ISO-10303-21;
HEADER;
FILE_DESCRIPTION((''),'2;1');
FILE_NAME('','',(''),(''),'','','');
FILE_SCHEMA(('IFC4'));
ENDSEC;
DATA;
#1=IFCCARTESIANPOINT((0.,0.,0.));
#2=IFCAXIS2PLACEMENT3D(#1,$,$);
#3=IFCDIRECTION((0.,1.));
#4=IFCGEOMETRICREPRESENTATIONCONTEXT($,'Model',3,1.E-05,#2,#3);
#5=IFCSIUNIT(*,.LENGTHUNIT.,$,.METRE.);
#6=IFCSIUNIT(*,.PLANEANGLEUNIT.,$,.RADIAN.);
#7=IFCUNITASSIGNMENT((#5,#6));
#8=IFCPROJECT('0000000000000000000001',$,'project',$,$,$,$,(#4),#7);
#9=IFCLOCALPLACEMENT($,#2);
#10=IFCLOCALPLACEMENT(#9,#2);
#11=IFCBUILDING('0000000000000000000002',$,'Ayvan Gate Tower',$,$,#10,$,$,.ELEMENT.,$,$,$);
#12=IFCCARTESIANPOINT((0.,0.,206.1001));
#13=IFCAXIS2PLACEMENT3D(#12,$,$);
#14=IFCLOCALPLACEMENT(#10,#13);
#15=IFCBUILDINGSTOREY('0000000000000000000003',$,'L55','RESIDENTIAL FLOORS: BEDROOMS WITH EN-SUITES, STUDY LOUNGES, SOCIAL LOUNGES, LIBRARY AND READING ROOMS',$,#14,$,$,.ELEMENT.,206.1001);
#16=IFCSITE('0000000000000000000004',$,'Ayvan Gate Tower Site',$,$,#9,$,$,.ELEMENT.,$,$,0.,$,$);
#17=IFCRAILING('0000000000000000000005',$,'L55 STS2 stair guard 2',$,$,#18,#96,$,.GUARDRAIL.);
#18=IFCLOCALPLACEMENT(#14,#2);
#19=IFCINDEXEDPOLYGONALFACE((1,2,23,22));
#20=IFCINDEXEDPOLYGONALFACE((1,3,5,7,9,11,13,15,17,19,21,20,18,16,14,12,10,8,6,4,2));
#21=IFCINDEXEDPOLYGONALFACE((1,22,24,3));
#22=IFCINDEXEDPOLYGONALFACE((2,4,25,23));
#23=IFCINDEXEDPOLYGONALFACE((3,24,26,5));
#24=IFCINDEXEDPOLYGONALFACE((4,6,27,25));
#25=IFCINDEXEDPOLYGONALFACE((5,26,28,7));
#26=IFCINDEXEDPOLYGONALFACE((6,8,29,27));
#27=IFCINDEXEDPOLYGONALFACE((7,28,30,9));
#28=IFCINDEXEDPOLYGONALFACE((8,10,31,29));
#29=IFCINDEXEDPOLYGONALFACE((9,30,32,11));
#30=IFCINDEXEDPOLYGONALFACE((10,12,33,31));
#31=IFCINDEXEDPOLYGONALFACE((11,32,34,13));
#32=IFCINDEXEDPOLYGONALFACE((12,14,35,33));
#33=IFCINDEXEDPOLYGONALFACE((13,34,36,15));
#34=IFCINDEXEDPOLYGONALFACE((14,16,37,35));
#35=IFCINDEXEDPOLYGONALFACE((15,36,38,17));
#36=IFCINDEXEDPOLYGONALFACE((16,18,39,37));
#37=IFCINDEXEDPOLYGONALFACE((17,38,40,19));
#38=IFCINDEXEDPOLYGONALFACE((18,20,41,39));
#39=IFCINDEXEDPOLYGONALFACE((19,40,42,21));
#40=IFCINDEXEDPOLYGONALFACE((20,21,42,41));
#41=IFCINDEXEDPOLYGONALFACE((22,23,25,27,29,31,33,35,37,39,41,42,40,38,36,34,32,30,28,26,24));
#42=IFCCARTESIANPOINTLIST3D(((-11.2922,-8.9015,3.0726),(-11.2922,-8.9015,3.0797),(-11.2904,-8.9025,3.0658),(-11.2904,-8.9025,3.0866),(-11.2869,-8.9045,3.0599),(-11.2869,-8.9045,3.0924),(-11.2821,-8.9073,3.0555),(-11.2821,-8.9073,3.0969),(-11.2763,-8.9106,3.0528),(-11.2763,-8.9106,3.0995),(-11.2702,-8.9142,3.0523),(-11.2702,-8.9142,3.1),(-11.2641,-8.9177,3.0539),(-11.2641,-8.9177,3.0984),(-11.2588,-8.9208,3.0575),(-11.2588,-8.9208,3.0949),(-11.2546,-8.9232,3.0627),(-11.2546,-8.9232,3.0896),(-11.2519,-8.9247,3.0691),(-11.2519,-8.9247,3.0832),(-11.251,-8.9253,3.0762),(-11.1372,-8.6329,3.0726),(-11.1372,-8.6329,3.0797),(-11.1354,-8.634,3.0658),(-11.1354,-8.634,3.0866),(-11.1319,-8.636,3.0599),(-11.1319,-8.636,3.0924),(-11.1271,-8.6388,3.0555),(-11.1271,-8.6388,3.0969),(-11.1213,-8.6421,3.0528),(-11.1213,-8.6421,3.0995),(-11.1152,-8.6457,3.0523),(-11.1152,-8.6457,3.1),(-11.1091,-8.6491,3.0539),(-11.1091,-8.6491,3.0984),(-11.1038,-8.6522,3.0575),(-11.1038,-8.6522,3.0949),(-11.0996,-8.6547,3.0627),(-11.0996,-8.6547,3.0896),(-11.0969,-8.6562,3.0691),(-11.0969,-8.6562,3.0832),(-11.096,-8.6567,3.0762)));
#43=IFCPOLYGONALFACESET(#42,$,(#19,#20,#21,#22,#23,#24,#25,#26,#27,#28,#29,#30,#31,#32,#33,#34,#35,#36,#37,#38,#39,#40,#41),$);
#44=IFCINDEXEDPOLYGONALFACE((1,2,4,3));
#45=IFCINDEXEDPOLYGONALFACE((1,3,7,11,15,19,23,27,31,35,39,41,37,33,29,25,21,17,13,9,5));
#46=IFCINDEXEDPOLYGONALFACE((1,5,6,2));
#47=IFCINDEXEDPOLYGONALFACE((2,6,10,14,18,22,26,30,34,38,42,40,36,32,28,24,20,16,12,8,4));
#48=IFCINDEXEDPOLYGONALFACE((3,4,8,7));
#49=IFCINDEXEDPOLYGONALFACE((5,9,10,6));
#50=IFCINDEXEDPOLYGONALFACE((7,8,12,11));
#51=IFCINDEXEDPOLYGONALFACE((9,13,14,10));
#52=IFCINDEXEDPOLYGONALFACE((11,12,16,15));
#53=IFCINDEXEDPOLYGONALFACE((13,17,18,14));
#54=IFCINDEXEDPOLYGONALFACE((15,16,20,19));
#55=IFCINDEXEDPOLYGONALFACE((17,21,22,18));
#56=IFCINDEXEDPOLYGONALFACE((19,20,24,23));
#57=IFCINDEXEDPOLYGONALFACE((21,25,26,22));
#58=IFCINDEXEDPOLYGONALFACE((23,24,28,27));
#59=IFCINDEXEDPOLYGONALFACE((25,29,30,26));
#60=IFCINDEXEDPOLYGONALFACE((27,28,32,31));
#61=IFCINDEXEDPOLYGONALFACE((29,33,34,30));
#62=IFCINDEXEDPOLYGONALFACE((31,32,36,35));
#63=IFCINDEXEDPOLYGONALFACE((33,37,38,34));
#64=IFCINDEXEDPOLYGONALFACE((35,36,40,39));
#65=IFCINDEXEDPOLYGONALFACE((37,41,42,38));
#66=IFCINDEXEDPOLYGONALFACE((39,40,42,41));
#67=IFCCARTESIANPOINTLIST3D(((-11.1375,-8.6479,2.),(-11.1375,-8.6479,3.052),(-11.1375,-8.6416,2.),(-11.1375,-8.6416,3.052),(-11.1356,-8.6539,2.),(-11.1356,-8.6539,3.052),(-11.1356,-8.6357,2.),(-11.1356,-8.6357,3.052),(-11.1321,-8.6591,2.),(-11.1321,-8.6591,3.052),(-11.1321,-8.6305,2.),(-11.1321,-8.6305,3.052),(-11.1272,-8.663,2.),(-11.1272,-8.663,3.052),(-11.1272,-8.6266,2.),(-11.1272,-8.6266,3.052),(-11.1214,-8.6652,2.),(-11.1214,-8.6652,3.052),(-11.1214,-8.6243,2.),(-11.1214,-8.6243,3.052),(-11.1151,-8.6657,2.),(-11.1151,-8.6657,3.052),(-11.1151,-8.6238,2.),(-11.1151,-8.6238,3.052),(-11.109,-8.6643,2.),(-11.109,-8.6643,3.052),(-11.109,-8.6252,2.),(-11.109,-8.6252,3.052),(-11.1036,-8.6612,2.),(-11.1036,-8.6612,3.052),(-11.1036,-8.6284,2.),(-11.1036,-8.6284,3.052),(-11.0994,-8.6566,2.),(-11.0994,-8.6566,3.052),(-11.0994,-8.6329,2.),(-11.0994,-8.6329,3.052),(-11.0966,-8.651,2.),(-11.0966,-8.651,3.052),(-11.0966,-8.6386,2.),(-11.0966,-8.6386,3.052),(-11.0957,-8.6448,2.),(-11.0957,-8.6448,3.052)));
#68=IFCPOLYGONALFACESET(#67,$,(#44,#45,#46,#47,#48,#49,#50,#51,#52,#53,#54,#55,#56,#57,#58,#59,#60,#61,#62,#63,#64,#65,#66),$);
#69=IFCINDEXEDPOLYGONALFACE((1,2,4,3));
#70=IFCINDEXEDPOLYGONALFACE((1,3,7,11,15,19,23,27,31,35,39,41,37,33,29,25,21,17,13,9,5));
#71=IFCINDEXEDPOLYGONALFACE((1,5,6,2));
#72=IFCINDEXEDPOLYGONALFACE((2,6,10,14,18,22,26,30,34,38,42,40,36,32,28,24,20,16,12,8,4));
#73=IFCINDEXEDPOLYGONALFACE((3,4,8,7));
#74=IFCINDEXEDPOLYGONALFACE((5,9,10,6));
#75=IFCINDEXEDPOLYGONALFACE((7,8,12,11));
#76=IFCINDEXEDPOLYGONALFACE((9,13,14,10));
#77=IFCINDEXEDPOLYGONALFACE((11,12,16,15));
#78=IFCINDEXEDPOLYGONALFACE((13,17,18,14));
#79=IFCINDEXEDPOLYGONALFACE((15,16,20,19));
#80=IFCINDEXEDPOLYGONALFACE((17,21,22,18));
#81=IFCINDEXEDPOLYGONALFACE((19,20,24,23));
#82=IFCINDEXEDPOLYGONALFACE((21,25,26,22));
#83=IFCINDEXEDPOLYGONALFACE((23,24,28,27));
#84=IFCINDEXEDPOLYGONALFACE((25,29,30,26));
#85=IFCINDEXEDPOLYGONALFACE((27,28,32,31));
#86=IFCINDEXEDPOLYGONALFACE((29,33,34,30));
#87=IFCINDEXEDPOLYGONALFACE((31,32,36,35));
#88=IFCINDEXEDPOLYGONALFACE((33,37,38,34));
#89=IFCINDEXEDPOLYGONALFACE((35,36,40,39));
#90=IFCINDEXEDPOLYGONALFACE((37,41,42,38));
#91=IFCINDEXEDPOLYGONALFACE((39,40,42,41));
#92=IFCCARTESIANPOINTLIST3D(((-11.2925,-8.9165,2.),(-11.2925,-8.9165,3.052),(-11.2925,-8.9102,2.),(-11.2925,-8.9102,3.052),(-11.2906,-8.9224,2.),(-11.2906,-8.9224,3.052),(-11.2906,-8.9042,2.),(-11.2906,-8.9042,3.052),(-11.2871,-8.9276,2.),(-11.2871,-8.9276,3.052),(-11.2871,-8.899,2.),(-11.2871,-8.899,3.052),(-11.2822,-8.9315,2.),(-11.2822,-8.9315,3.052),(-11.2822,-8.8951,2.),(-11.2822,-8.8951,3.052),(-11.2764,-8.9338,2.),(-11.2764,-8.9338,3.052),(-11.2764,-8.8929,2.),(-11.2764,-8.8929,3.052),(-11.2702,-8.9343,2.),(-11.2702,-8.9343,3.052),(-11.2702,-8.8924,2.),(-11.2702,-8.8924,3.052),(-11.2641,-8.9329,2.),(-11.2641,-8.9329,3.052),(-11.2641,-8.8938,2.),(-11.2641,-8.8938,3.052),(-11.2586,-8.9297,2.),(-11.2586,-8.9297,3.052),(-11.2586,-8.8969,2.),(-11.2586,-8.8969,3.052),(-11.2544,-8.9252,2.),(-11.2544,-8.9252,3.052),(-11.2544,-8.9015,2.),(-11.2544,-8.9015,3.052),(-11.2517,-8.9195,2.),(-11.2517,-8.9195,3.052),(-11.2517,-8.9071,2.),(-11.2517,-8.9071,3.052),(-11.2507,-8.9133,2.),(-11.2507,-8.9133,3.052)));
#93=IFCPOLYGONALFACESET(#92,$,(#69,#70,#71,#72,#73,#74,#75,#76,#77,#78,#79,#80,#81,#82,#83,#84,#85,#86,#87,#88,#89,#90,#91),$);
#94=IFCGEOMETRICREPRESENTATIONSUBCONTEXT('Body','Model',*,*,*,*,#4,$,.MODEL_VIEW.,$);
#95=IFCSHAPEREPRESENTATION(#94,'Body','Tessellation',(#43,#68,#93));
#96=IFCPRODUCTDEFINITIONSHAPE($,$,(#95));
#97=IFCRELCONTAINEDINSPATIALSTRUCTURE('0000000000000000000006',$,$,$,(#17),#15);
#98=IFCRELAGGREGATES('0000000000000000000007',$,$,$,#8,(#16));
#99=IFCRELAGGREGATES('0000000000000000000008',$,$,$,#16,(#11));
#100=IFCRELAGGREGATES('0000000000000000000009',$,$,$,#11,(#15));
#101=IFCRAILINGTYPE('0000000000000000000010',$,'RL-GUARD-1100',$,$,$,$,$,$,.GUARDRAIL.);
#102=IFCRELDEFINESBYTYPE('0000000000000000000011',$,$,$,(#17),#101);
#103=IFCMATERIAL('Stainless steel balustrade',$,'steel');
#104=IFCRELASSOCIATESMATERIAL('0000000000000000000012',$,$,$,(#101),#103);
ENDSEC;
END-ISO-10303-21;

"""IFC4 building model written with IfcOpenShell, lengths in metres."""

from ifc_helpers import new_model, si_unit, direction, frame, origin, origin_2d, place, context, subcontext, project, spatial, circle, extrude, material, type_object, element, save


model = new_model("IFC4")

# Units and contexts
model_context = context("Model", 3, precision=1e-05, world=origin(), true_north=direction((0.0, 1.0)))
body_context = subcontext(model_context, "Body", "Model", "MODEL_VIEW")
ifc_project = project(units=[si_unit("LENGTHUNIT", "METRE"), si_unit("PLANEANGLEUNIT", "RADIAN")], contexts=[model_context])

# Site, building, storey
site_placement = place(None, origin())
site = spatial("IfcSite", under=ifc_project, at=site_placement, Name="Ayvan Gate Tower Site", CompositionType="ELEMENT", RefElevation=0.0)
building_placement = place(site_placement, origin())
building = spatial("IfcBuilding", under=site, at=building_placement, Name="Ayvan Gate Tower", CompositionType="ELEMENT")
storey_placement = place(building_placement, frame((0.0, 0.0, 206.1001)))
storey = spatial("IfcBuildingStorey", under=building, at=storey_placement, Name="L55", Description="RESIDENTIAL FLOORS: BEDROOMS WITH EN-SUITES, STUDY LOUNGES, SOCIAL LOUNGES, LIBRARY AND READING ROOMS", CompositionType="ELEMENT", Elevation=206.1001)

# Railing
ifc_material_1 = material(Name="Stainless steel balustrade", Category="steel")
railing_type_1 = type_object("IfcRailingType", Name="RL-GUARD-1100", PredefinedType="GUARDRAIL", material=ifc_material_1)
railing_1_placement = place(storey_placement, frame((-11.1167, -8.6448, 2.0)))
element("IfcRailing", 1, at=railing_1_placement, inside=storey, type_object=railing_type_1, Name="L55 STS2 stair guard 2", PredefinedType="GUARDRAIL", context=body_context, shape_type="SweptSolid", body=[
    extrude(circle(Radius=0.0239, at=origin_2d()), frame((0.0, 0.0, 1.0762), z_axis=(-0.49995, -0.866054, 0.0), x_axis=(0.866054, -0.49995, 0.0)), (0.0, 0.0, 1.0), 0.3101),
    extrude(circle(Radius=0.021, at=origin_2d()), origin(), (0.0, 0.0, 1.0), 1.052),
    extrude(circle(Radius=0.021, at=origin_2d()), frame((-0.155, -0.2686, 0.0)), (0.0, 0.0, 1.0), 1.052),
])

save(model, "model.ifc")
